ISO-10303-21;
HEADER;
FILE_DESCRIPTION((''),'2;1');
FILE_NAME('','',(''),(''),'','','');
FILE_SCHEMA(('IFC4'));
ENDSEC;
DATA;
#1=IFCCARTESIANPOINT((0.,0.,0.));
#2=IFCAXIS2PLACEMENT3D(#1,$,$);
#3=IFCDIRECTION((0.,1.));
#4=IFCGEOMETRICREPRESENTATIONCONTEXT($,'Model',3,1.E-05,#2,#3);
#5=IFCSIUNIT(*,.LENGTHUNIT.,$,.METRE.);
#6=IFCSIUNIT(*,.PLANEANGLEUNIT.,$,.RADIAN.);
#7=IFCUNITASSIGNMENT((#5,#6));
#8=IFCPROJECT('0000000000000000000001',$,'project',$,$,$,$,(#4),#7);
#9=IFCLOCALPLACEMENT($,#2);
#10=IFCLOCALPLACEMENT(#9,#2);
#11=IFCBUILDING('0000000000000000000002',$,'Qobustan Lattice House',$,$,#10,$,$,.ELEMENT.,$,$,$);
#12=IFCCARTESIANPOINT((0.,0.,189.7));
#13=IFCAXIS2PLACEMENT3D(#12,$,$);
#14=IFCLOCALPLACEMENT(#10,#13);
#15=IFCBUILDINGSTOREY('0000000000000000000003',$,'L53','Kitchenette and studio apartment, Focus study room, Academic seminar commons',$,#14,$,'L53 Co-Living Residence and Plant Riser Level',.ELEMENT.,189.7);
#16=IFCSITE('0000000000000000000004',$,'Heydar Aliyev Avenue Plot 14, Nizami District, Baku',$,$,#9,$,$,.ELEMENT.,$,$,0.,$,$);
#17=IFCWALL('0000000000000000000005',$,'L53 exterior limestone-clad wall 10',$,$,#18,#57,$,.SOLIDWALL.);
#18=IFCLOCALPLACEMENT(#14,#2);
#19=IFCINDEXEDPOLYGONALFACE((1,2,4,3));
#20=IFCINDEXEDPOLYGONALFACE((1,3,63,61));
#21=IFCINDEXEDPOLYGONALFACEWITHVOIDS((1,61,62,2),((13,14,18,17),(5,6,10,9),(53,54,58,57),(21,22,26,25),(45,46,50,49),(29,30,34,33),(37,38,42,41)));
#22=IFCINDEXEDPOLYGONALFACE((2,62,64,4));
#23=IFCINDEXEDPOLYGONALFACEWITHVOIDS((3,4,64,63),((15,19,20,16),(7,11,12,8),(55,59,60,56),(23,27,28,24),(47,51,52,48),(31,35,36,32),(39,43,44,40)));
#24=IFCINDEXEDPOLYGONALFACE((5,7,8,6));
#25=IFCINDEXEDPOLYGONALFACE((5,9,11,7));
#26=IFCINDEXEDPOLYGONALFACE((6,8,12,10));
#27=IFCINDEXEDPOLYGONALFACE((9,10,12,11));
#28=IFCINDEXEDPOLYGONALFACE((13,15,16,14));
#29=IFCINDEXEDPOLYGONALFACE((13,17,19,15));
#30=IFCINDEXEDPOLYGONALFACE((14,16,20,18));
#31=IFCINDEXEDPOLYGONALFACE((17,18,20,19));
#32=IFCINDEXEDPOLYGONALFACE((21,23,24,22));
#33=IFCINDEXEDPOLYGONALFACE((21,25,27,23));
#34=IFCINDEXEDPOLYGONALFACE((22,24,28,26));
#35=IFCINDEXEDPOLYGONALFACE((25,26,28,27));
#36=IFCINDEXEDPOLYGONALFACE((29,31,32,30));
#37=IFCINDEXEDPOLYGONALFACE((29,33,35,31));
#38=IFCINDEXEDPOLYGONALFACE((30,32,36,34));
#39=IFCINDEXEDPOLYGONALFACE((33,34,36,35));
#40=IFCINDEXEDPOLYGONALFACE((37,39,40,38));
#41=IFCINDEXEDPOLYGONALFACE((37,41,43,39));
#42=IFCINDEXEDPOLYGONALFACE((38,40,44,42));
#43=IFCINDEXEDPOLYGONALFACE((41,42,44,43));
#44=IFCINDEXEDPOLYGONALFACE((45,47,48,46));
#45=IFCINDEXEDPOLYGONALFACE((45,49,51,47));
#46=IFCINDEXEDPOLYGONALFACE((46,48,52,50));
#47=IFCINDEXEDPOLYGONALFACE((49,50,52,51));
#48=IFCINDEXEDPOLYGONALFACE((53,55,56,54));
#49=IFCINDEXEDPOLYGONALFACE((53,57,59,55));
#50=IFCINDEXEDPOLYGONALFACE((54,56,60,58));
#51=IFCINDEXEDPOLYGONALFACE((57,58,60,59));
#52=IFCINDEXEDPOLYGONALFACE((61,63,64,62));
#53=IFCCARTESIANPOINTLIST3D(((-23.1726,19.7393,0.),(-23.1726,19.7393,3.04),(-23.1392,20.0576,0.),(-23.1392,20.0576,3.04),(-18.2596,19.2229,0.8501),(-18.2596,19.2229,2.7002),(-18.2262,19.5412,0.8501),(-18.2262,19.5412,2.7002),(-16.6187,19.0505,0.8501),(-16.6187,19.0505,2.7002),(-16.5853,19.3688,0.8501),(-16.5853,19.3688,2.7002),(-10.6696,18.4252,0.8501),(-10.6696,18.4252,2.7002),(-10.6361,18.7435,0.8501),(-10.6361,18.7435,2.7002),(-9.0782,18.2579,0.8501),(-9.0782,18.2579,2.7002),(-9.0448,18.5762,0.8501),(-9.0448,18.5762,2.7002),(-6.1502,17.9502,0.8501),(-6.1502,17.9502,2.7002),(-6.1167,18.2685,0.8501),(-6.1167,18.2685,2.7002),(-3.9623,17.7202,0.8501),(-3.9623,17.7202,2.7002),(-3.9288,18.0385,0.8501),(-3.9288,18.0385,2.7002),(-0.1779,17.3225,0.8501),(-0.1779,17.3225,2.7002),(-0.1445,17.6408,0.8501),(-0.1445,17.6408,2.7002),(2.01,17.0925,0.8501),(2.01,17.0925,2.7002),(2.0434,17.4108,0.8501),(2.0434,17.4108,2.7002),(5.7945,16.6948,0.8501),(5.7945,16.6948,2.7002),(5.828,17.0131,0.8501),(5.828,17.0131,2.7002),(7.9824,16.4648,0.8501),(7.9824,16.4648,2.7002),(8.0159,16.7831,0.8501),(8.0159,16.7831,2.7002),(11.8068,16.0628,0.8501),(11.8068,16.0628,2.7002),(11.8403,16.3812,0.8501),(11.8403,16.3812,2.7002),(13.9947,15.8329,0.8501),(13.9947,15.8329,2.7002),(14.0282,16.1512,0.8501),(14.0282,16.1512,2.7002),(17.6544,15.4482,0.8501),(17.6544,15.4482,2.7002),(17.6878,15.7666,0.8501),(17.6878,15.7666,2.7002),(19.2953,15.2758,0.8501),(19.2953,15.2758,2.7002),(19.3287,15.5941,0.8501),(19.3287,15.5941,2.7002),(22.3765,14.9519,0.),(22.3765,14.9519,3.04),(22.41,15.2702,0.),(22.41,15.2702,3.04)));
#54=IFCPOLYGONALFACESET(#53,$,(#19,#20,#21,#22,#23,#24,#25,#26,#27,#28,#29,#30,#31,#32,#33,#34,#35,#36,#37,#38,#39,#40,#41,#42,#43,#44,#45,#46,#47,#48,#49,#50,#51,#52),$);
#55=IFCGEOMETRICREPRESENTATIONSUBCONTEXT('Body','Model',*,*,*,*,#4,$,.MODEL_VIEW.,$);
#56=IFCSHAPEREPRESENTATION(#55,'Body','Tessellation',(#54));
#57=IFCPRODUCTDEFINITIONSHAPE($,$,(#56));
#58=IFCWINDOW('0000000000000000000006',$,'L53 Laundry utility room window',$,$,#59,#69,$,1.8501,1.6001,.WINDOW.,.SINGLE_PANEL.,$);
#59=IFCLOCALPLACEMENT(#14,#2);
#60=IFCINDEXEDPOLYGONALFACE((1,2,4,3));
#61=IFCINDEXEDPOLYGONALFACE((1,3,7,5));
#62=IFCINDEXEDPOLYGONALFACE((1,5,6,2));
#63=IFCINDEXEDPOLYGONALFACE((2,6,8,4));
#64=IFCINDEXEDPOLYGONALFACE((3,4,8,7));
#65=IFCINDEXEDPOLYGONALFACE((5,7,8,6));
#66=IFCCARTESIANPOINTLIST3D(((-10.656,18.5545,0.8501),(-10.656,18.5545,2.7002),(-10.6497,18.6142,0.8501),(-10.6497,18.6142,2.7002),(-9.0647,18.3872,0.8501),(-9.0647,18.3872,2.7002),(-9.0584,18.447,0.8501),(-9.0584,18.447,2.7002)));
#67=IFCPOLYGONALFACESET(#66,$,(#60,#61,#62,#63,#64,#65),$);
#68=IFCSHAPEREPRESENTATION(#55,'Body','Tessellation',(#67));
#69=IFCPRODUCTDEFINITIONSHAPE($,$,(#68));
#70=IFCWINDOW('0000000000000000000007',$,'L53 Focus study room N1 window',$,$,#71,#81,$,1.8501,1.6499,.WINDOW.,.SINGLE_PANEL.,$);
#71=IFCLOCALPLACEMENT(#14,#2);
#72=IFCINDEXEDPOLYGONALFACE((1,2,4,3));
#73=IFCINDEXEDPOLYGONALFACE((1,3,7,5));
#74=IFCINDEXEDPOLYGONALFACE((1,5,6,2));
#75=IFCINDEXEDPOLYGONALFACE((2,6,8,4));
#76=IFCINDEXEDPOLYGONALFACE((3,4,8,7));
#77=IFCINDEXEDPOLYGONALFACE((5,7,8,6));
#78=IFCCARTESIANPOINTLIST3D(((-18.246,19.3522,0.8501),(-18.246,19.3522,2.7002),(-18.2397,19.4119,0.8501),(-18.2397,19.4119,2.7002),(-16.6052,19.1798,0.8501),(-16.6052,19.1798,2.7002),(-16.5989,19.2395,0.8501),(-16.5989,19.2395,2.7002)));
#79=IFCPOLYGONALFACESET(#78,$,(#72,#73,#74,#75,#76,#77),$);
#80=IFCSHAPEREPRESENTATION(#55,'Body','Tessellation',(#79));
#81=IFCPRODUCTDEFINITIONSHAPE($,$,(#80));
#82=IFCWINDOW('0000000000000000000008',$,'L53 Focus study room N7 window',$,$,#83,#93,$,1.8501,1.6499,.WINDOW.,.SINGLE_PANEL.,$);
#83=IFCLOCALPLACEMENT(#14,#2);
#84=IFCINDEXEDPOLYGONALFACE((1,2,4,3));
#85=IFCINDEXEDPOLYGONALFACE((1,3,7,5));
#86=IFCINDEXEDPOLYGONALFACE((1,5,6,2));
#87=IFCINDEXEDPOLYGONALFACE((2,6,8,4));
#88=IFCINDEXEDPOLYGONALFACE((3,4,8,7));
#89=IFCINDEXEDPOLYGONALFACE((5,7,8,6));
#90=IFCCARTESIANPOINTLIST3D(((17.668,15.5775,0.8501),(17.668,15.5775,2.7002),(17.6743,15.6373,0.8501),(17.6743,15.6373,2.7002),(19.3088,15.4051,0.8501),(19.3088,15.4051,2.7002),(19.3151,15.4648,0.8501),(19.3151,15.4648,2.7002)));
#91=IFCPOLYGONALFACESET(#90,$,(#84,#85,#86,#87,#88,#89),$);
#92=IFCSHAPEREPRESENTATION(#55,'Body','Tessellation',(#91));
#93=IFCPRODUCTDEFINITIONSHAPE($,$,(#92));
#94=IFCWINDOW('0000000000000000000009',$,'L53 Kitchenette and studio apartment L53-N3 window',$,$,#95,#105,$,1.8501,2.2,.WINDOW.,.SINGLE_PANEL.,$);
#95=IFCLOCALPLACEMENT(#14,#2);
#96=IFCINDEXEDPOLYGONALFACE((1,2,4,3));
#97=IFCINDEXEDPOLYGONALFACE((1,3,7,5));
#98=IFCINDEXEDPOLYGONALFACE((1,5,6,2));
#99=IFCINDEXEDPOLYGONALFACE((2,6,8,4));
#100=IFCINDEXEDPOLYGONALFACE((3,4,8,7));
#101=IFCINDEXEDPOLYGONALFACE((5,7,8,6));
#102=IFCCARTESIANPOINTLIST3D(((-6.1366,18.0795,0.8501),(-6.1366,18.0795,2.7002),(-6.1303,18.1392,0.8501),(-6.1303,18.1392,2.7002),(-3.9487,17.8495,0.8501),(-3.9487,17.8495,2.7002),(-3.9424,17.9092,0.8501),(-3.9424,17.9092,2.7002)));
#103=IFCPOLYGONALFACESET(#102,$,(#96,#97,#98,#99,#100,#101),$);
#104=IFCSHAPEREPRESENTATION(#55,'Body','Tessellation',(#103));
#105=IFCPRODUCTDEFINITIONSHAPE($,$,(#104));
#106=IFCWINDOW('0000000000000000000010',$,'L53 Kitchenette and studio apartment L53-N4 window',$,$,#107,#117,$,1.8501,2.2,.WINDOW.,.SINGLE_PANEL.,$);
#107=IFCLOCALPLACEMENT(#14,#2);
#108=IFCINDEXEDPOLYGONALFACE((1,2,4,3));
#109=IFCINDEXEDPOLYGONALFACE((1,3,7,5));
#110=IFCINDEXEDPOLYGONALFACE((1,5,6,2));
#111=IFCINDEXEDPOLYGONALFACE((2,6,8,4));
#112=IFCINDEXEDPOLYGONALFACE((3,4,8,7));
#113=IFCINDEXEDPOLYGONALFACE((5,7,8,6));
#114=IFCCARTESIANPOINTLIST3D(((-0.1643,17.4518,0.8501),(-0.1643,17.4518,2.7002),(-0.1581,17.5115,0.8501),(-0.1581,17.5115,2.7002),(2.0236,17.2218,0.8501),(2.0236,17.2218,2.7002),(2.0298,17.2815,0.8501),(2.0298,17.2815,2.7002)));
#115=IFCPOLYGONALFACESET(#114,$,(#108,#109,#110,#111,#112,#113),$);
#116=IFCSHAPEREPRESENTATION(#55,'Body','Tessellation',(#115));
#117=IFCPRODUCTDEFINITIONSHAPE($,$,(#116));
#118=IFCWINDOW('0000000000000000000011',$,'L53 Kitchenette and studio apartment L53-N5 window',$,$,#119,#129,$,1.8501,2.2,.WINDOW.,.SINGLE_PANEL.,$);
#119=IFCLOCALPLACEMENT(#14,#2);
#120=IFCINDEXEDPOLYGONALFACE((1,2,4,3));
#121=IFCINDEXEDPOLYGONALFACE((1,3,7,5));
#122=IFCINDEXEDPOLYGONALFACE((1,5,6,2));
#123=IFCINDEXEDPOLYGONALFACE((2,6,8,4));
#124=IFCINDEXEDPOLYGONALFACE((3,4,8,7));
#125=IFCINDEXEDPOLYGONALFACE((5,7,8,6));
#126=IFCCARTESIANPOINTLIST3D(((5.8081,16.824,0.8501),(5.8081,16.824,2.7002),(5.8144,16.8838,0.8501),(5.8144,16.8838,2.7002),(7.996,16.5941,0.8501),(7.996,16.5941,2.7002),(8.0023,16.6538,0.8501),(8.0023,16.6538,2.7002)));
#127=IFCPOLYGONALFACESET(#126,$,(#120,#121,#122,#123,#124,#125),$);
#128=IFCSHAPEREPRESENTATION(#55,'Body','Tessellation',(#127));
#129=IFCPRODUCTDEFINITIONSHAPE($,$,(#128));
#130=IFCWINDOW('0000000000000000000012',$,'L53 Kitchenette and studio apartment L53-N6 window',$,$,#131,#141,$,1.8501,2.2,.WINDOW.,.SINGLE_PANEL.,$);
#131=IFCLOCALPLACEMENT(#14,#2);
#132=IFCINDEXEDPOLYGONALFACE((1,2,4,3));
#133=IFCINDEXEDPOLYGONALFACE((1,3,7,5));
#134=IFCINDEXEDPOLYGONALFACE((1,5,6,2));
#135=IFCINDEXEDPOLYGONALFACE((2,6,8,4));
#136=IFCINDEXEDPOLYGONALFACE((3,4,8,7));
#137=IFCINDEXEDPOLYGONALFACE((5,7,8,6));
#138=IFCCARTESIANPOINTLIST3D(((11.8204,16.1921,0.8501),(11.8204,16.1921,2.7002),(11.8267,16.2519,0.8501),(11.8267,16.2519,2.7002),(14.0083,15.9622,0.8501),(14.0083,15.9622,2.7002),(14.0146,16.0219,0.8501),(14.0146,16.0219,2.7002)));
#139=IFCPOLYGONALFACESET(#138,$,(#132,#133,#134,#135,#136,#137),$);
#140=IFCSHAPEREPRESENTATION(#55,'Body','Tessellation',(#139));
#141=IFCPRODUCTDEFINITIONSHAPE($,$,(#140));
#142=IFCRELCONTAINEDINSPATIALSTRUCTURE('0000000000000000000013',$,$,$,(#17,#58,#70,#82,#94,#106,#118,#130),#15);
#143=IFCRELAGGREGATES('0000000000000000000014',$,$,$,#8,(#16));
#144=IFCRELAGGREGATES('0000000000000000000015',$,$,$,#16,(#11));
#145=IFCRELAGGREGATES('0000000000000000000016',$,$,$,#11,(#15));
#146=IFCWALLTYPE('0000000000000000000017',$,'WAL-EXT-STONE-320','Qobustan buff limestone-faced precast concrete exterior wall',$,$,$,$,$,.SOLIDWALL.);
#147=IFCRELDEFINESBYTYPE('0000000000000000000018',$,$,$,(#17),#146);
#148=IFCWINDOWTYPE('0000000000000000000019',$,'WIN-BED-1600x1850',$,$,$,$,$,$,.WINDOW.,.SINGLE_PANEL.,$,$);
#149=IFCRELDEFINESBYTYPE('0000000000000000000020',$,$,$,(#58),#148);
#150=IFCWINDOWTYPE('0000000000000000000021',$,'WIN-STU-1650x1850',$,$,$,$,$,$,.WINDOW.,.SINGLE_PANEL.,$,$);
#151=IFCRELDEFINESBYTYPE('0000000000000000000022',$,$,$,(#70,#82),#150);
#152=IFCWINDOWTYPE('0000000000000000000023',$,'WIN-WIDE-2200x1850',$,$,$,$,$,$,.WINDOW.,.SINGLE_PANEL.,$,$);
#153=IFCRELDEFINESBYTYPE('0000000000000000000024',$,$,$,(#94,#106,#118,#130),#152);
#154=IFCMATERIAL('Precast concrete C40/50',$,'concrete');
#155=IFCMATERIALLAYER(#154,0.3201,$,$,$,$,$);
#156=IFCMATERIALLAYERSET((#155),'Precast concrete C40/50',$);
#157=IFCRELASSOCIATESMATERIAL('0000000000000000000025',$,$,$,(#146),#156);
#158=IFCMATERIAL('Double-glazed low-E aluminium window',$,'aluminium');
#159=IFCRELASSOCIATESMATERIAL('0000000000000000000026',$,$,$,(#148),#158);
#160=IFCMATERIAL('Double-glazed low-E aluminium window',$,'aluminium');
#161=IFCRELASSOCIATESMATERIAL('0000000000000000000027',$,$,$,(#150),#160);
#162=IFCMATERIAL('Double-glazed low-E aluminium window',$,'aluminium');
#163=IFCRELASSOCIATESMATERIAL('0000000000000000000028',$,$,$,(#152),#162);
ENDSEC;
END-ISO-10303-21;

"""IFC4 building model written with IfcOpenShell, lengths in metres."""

from ifc_helpers import new_model, si_unit, direction, frame, frame_2d, origin, place, context, subcontext, project, spatial, rectangle, extrude, material, layer, layer_set, type_object, element, fill, save


model = new_model("IFC4")

# Units and contexts
model_context = context("Model", 3, precision=1e-05, world=origin(), true_north=direction((0.0, 1.0)))
body_context = subcontext(model_context, "Body", "Model", "MODEL_VIEW")
ifc_project = project(units=[si_unit("LENGTHUNIT", "METRE"), si_unit("PLANEANGLEUNIT", "RADIAN")], contexts=[model_context])

# Site, building, storey
site_placement = place(None, origin())
site = spatial("IfcSite", under=ifc_project, at=site_placement, Name="Heydar Aliyev Avenue Plot 14, Nizami District, Baku", CompositionType="ELEMENT", RefElevation=0.0)
building_placement = place(site_placement, origin())
building = spatial("IfcBuilding", under=site, at=building_placement, Name="Qobustan Lattice House", CompositionType="ELEMENT")
storey_placement = place(building_placement, frame((0.0, 0.0, 189.7)))
storey = spatial("IfcBuildingStorey", under=building, at=storey_placement, Name="L53", Description="Kitchenette and studio apartment, Focus study room, Academic seminar commons", LongName="L53 Co-Living Residence and Plant Riser Level", CompositionType="ELEMENT", Elevation=189.7)

# Shared definitions
ifc_material_1 = material(Name="Precast concrete C40/50", Category="concrete")
ifc_layer_1 = layer(ifc_material_1, 0.3201)
ifc_layer_set_1 = layer_set([ifc_layer_1], Name="Precast concrete C40/50")
wall_type_1 = type_object("IfcWallType", Name="WAL-EXT-STONE-320", Description="Qobustan buff limestone-faced precast concrete exterior wall", PredefinedType="SOLIDWALL", material=ifc_layer_set_1)

# Wall, openings, windows
wall_1_placement = place(storey_placement, frame((-23.1558, 19.8984, 0.0), z_axis=(0.0, 0.0, 1.0), x_axis=(0.994522, -0.104527, 0.0)))
wall_1 = element("IfcWall", 1, at=wall_1_placement, inside=storey, type_object=wall_type_1, Name="L53 exterior limestone-clad wall 10", PredefinedType="SOLIDWALL", context=body_context, shape_type="SweptSolid", body=[
    extrude(rectangle(XDim=45.8, YDim=0.3201, at=frame_2d((22.8999, 0.0))), origin(), (0.0, 0.0, 1.0), 3.04),
])
opening_1_placement = place(wall_1_placement, frame((4.9399, 0.0, 0.8501)))
opening_1 = element("IfcOpeningElement", 2, at=opening_1_placement, cuts=wall_1, PredefinedType="OPENING", context=body_context, shape_type="SweptSolid", body=[
    extrude(rectangle(XDim=1.6499, YDim=1.8501, at=frame_2d((0.825, 0.925))), frame((0.0, 0.1699, 0.0), z_axis=(0.0, -1.0, 0.0), x_axis=(1.0, 0.0, 0.0)), (0.0, 0.0, 1.0), 0.3401),
])
opening_2_placement = place(wall_1_placement, frame((12.5718, 0.0, 0.8501)))
opening_2 = element("IfcOpeningElement", 3, at=opening_2_placement, cuts=wall_1, PredefinedType="OPENING", context=body_context, shape_type="SweptSolid", body=[
    extrude(rectangle(XDim=1.6001, YDim=1.8501, at=frame_2d((0.8, 0.925))), frame((0.0, 0.1699, 0.0), z_axis=(0.0, -1.0, 0.0), x_axis=(1.0, 0.0, 0.0)), (0.0, 0.0, 1.0), 0.3401),
])
opening_3_placement = place(wall_1_placement, frame((17.116, 0.0, 0.8501)))
opening_3 = element("IfcOpeningElement", 4, at=opening_3_placement, cuts=wall_1, PredefinedType="OPENING", context=body_context, shape_type="SweptSolid", body=[
    extrude(rectangle(XDim=2.2, YDim=1.8501, at=frame_2d((1.1001, 0.925))), frame((0.0, 0.1699, 0.0), z_axis=(0.0, -1.0, 0.0), x_axis=(1.0, 0.0, 0.0)), (0.0, 0.0, 1.0), 0.3401),
])
opening_4_placement = place(wall_1_placement, frame((23.1211, 0.0, 0.8501)))
opening_4 = element("IfcOpeningElement", 5, at=opening_4_placement, cuts=wall_1, PredefinedType="OPENING", context=body_context, shape_type="SweptSolid", body=[
    extrude(rectangle(XDim=2.2, YDim=1.8501, at=frame_2d((1.1001, 0.925))), frame((0.0, 0.1699, 0.0), z_axis=(0.0, -1.0, 0.0), x_axis=(1.0, 0.0, 0.0)), (0.0, 0.0, 1.0), 0.3401),
])
opening_5_placement = place(wall_1_placement, frame((29.1265, 0.0, 0.8501)))
opening_5 = element("IfcOpeningElement", 6, at=opening_5_placement, cuts=wall_1, PredefinedType="OPENING", context=body_context, shape_type="SweptSolid", body=[
    extrude(rectangle(XDim=2.2, YDim=1.8501, at=frame_2d((1.1001, 0.925))), frame((0.0, 0.1699, 0.0), z_axis=(0.0, -1.0, 0.0), x_axis=(1.0, 0.0, 0.0)), (0.0, 0.0, 1.0), 0.3401),
])
opening_6_placement = place(wall_1_placement, frame((35.1719, 0.0, 0.8501)))
opening_6 = element("IfcOpeningElement", 7, at=opening_6_placement, cuts=wall_1, PredefinedType="OPENING", context=body_context, shape_type="SweptSolid", body=[
    extrude(rectangle(XDim=2.2, YDim=1.8501, at=frame_2d((1.1001, 0.925))), frame((0.0, 0.1699, 0.0), z_axis=(0.0, -1.0, 0.0), x_axis=(1.0, 0.0, 0.0)), (0.0, 0.0, 1.0), 0.3401),
])
opening_7_placement = place(wall_1_placement, frame((41.0518, 0.0, 0.8501)))
opening_7 = element("IfcOpeningElement", 8, at=opening_7_placement, cuts=wall_1, PredefinedType="OPENING", context=body_context, shape_type="SweptSolid", body=[
    extrude(rectangle(XDim=1.6499, YDim=1.8501, at=frame_2d((0.825, 0.925))), frame((0.0, 0.1699, 0.0), z_axis=(0.0, -1.0, 0.0), x_axis=(1.0, 0.0, 0.0)), (0.0, 0.0, 1.0), 0.3401),
])
ifc_material_2 = material(Name="Double-glazed low-E aluminium window", Category="aluminium")
window_type_1 = type_object("IfcWindowType", Name="WIN-BED-1600x1850", PartitioningType="SINGLE_PANEL", PredefinedType="WINDOW", material=ifc_material_2)
window_1_placement = place(opening_2_placement, origin())
window_1 = element("IfcWindow", 9, at=window_1_placement, inside=storey, type_object=window_type_1, Name="L53 Laundry utility room window", OverallHeight=1.8501, OverallWidth=1.6001, PartitioningType="SINGLE_PANEL", PredefinedType="WINDOW", context=body_context, shape_type="SweptSolid", body=[
    extrude(rectangle(XDim=1.6001, YDim=1.8501, at=frame_2d((0.8, 0.925))), frame((0.0, 0.03, 0.0), z_axis=(0.0, -1.0, 0.0), x_axis=(1.0, 0.0, 0.0)), (0.0, 0.0, 1.0), 0.0601),
])
fill(opening_2, window_1)
ifc_material_3 = material(Name="Double-glazed low-E aluminium window", Category="aluminium")
window_type_2 = type_object("IfcWindowType", Name="WIN-STU-1650x1850", PartitioningType="SINGLE_PANEL", PredefinedType="WINDOW", material=ifc_material_3)
window_2_placement = place(opening_1_placement, origin())
window_2 = element("IfcWindow", 10, at=window_2_placement, inside=storey, type_object=window_type_2, Name="L53 Focus study room N1 window", OverallHeight=1.8501, OverallWidth=1.6499, PartitioningType="SINGLE_PANEL", PredefinedType="WINDOW", context=body_context, shape_type="SweptSolid", body=[
    extrude(rectangle(XDim=1.6499, YDim=1.8501, at=frame_2d((0.825, 0.925))), frame((0.0, 0.03, 0.0), z_axis=(0.0, -1.0, 0.0), x_axis=(1.0, 0.0, 0.0)), (0.0, 0.0, 1.0), 0.0601),
])
fill(opening_1, window_2)
window_3_placement = place(opening_7_placement, origin())
window_3 = element("IfcWindow", 11, at=window_3_placement, inside=storey, type_object=window_type_2, Name="L53 Focus study room N7 window", OverallHeight=1.8501, OverallWidth=1.6499, PartitioningType="SINGLE_PANEL", PredefinedType="WINDOW", context=body_context, shape_type="SweptSolid", body=[
    extrude(rectangle(XDim=1.6499, YDim=1.8501, at=frame_2d((0.825, 0.925))), frame((0.0, 0.03, 0.0), z_axis=(0.0, -1.0, 0.0), x_axis=(1.0, 0.0, 0.0)), (0.0, 0.0, 1.0), 0.0601),
])
fill(opening_7, window_3)
ifc_material_4 = material(Name="Double-glazed low-E aluminium window", Category="aluminium")
window_type_3 = type_object("IfcWindowType", Name="WIN-WIDE-2200x1850", PartitioningType="SINGLE_PANEL", PredefinedType="WINDOW", material=ifc_material_4)
window_4_placement = place(opening_3_placement, origin())
window_4 = element("IfcWindow", 12, at=window_4_placement, inside=storey, type_object=window_type_3, Name="L53 Kitchenette and studio apartment L53-N3 window", OverallHeight=1.8501, OverallWidth=2.2, PartitioningType="SINGLE_PANEL", PredefinedType="WINDOW", context=body_context, shape_type="SweptSolid", body=[
    extrude(rectangle(XDim=2.2, YDim=1.8501, at=frame_2d((1.1001, 0.925))), frame((0.0, 0.03, 0.0), z_axis=(0.0, -1.0, 0.0), x_axis=(1.0, 0.0, 0.0)), (0.0, 0.0, 1.0), 0.0601),
])
fill(opening_3, window_4)
window_5_placement = place(opening_4_placement, origin())
window_5 = element("IfcWindow", 13, at=window_5_placement, inside=storey, type_object=window_type_3, Name="L53 Kitchenette and studio apartment L53-N4 window", OverallHeight=1.8501, OverallWidth=2.2, PartitioningType="SINGLE_PANEL", PredefinedType="WINDOW", context=body_context, shape_type="SweptSolid", body=[
    extrude(rectangle(XDim=2.2, YDim=1.8501, at=frame_2d((1.1001, 0.925))), frame((0.0, 0.03, 0.0), z_axis=(0.0, -1.0, 0.0), x_axis=(1.0, 0.0, 0.0)), (0.0, 0.0, 1.0), 0.0601),
])
fill(opening_4, window_5)
window_6_placement = place(opening_5_placement, origin())
window_6 = element("IfcWindow", 14, at=window_6_placement, inside=storey, type_object=window_type_3, Name="L53 Kitchenette and studio apartment L53-N5 window", OverallHeight=1.8501, OverallWidth=2.2, PartitioningType="SINGLE_PANEL", PredefinedType="WINDOW", context=body_context, shape_type="SweptSolid", body=[
    extrude(rectangle(XDim=2.2, YDim=1.8501, at=frame_2d((1.1001, 0.925))), frame((0.0, 0.03, 0.0), z_axis=(0.0, -1.0, 0.0), x_axis=(1.0, 0.0, 0.0)), (0.0, 0.0, 1.0), 0.0601),
])
fill(opening_5, window_6)
window_7_placement = place(opening_6_placement, origin())
window_7 = element("IfcWindow", 15, at=window_7_placement, inside=storey, type_object=window_type_3, Name="L53 Kitchenette and studio apartment L53-N6 window", OverallHeight=1.8501, OverallWidth=2.2, PartitioningType="SINGLE_PANEL", PredefinedType="WINDOW", context=body_context, shape_type="SweptSolid", body=[
    extrude(rectangle(XDim=2.2, YDim=1.8501, at=frame_2d((1.1001, 0.925))), frame((0.0, 0.03, 0.0), z_axis=(0.0, -1.0, 0.0), x_axis=(1.0, 0.0, 0.0)), (0.0, 0.0, 1.0), 0.0601),
])
fill(opening_6, window_7)

save(model, "model.ifc")
